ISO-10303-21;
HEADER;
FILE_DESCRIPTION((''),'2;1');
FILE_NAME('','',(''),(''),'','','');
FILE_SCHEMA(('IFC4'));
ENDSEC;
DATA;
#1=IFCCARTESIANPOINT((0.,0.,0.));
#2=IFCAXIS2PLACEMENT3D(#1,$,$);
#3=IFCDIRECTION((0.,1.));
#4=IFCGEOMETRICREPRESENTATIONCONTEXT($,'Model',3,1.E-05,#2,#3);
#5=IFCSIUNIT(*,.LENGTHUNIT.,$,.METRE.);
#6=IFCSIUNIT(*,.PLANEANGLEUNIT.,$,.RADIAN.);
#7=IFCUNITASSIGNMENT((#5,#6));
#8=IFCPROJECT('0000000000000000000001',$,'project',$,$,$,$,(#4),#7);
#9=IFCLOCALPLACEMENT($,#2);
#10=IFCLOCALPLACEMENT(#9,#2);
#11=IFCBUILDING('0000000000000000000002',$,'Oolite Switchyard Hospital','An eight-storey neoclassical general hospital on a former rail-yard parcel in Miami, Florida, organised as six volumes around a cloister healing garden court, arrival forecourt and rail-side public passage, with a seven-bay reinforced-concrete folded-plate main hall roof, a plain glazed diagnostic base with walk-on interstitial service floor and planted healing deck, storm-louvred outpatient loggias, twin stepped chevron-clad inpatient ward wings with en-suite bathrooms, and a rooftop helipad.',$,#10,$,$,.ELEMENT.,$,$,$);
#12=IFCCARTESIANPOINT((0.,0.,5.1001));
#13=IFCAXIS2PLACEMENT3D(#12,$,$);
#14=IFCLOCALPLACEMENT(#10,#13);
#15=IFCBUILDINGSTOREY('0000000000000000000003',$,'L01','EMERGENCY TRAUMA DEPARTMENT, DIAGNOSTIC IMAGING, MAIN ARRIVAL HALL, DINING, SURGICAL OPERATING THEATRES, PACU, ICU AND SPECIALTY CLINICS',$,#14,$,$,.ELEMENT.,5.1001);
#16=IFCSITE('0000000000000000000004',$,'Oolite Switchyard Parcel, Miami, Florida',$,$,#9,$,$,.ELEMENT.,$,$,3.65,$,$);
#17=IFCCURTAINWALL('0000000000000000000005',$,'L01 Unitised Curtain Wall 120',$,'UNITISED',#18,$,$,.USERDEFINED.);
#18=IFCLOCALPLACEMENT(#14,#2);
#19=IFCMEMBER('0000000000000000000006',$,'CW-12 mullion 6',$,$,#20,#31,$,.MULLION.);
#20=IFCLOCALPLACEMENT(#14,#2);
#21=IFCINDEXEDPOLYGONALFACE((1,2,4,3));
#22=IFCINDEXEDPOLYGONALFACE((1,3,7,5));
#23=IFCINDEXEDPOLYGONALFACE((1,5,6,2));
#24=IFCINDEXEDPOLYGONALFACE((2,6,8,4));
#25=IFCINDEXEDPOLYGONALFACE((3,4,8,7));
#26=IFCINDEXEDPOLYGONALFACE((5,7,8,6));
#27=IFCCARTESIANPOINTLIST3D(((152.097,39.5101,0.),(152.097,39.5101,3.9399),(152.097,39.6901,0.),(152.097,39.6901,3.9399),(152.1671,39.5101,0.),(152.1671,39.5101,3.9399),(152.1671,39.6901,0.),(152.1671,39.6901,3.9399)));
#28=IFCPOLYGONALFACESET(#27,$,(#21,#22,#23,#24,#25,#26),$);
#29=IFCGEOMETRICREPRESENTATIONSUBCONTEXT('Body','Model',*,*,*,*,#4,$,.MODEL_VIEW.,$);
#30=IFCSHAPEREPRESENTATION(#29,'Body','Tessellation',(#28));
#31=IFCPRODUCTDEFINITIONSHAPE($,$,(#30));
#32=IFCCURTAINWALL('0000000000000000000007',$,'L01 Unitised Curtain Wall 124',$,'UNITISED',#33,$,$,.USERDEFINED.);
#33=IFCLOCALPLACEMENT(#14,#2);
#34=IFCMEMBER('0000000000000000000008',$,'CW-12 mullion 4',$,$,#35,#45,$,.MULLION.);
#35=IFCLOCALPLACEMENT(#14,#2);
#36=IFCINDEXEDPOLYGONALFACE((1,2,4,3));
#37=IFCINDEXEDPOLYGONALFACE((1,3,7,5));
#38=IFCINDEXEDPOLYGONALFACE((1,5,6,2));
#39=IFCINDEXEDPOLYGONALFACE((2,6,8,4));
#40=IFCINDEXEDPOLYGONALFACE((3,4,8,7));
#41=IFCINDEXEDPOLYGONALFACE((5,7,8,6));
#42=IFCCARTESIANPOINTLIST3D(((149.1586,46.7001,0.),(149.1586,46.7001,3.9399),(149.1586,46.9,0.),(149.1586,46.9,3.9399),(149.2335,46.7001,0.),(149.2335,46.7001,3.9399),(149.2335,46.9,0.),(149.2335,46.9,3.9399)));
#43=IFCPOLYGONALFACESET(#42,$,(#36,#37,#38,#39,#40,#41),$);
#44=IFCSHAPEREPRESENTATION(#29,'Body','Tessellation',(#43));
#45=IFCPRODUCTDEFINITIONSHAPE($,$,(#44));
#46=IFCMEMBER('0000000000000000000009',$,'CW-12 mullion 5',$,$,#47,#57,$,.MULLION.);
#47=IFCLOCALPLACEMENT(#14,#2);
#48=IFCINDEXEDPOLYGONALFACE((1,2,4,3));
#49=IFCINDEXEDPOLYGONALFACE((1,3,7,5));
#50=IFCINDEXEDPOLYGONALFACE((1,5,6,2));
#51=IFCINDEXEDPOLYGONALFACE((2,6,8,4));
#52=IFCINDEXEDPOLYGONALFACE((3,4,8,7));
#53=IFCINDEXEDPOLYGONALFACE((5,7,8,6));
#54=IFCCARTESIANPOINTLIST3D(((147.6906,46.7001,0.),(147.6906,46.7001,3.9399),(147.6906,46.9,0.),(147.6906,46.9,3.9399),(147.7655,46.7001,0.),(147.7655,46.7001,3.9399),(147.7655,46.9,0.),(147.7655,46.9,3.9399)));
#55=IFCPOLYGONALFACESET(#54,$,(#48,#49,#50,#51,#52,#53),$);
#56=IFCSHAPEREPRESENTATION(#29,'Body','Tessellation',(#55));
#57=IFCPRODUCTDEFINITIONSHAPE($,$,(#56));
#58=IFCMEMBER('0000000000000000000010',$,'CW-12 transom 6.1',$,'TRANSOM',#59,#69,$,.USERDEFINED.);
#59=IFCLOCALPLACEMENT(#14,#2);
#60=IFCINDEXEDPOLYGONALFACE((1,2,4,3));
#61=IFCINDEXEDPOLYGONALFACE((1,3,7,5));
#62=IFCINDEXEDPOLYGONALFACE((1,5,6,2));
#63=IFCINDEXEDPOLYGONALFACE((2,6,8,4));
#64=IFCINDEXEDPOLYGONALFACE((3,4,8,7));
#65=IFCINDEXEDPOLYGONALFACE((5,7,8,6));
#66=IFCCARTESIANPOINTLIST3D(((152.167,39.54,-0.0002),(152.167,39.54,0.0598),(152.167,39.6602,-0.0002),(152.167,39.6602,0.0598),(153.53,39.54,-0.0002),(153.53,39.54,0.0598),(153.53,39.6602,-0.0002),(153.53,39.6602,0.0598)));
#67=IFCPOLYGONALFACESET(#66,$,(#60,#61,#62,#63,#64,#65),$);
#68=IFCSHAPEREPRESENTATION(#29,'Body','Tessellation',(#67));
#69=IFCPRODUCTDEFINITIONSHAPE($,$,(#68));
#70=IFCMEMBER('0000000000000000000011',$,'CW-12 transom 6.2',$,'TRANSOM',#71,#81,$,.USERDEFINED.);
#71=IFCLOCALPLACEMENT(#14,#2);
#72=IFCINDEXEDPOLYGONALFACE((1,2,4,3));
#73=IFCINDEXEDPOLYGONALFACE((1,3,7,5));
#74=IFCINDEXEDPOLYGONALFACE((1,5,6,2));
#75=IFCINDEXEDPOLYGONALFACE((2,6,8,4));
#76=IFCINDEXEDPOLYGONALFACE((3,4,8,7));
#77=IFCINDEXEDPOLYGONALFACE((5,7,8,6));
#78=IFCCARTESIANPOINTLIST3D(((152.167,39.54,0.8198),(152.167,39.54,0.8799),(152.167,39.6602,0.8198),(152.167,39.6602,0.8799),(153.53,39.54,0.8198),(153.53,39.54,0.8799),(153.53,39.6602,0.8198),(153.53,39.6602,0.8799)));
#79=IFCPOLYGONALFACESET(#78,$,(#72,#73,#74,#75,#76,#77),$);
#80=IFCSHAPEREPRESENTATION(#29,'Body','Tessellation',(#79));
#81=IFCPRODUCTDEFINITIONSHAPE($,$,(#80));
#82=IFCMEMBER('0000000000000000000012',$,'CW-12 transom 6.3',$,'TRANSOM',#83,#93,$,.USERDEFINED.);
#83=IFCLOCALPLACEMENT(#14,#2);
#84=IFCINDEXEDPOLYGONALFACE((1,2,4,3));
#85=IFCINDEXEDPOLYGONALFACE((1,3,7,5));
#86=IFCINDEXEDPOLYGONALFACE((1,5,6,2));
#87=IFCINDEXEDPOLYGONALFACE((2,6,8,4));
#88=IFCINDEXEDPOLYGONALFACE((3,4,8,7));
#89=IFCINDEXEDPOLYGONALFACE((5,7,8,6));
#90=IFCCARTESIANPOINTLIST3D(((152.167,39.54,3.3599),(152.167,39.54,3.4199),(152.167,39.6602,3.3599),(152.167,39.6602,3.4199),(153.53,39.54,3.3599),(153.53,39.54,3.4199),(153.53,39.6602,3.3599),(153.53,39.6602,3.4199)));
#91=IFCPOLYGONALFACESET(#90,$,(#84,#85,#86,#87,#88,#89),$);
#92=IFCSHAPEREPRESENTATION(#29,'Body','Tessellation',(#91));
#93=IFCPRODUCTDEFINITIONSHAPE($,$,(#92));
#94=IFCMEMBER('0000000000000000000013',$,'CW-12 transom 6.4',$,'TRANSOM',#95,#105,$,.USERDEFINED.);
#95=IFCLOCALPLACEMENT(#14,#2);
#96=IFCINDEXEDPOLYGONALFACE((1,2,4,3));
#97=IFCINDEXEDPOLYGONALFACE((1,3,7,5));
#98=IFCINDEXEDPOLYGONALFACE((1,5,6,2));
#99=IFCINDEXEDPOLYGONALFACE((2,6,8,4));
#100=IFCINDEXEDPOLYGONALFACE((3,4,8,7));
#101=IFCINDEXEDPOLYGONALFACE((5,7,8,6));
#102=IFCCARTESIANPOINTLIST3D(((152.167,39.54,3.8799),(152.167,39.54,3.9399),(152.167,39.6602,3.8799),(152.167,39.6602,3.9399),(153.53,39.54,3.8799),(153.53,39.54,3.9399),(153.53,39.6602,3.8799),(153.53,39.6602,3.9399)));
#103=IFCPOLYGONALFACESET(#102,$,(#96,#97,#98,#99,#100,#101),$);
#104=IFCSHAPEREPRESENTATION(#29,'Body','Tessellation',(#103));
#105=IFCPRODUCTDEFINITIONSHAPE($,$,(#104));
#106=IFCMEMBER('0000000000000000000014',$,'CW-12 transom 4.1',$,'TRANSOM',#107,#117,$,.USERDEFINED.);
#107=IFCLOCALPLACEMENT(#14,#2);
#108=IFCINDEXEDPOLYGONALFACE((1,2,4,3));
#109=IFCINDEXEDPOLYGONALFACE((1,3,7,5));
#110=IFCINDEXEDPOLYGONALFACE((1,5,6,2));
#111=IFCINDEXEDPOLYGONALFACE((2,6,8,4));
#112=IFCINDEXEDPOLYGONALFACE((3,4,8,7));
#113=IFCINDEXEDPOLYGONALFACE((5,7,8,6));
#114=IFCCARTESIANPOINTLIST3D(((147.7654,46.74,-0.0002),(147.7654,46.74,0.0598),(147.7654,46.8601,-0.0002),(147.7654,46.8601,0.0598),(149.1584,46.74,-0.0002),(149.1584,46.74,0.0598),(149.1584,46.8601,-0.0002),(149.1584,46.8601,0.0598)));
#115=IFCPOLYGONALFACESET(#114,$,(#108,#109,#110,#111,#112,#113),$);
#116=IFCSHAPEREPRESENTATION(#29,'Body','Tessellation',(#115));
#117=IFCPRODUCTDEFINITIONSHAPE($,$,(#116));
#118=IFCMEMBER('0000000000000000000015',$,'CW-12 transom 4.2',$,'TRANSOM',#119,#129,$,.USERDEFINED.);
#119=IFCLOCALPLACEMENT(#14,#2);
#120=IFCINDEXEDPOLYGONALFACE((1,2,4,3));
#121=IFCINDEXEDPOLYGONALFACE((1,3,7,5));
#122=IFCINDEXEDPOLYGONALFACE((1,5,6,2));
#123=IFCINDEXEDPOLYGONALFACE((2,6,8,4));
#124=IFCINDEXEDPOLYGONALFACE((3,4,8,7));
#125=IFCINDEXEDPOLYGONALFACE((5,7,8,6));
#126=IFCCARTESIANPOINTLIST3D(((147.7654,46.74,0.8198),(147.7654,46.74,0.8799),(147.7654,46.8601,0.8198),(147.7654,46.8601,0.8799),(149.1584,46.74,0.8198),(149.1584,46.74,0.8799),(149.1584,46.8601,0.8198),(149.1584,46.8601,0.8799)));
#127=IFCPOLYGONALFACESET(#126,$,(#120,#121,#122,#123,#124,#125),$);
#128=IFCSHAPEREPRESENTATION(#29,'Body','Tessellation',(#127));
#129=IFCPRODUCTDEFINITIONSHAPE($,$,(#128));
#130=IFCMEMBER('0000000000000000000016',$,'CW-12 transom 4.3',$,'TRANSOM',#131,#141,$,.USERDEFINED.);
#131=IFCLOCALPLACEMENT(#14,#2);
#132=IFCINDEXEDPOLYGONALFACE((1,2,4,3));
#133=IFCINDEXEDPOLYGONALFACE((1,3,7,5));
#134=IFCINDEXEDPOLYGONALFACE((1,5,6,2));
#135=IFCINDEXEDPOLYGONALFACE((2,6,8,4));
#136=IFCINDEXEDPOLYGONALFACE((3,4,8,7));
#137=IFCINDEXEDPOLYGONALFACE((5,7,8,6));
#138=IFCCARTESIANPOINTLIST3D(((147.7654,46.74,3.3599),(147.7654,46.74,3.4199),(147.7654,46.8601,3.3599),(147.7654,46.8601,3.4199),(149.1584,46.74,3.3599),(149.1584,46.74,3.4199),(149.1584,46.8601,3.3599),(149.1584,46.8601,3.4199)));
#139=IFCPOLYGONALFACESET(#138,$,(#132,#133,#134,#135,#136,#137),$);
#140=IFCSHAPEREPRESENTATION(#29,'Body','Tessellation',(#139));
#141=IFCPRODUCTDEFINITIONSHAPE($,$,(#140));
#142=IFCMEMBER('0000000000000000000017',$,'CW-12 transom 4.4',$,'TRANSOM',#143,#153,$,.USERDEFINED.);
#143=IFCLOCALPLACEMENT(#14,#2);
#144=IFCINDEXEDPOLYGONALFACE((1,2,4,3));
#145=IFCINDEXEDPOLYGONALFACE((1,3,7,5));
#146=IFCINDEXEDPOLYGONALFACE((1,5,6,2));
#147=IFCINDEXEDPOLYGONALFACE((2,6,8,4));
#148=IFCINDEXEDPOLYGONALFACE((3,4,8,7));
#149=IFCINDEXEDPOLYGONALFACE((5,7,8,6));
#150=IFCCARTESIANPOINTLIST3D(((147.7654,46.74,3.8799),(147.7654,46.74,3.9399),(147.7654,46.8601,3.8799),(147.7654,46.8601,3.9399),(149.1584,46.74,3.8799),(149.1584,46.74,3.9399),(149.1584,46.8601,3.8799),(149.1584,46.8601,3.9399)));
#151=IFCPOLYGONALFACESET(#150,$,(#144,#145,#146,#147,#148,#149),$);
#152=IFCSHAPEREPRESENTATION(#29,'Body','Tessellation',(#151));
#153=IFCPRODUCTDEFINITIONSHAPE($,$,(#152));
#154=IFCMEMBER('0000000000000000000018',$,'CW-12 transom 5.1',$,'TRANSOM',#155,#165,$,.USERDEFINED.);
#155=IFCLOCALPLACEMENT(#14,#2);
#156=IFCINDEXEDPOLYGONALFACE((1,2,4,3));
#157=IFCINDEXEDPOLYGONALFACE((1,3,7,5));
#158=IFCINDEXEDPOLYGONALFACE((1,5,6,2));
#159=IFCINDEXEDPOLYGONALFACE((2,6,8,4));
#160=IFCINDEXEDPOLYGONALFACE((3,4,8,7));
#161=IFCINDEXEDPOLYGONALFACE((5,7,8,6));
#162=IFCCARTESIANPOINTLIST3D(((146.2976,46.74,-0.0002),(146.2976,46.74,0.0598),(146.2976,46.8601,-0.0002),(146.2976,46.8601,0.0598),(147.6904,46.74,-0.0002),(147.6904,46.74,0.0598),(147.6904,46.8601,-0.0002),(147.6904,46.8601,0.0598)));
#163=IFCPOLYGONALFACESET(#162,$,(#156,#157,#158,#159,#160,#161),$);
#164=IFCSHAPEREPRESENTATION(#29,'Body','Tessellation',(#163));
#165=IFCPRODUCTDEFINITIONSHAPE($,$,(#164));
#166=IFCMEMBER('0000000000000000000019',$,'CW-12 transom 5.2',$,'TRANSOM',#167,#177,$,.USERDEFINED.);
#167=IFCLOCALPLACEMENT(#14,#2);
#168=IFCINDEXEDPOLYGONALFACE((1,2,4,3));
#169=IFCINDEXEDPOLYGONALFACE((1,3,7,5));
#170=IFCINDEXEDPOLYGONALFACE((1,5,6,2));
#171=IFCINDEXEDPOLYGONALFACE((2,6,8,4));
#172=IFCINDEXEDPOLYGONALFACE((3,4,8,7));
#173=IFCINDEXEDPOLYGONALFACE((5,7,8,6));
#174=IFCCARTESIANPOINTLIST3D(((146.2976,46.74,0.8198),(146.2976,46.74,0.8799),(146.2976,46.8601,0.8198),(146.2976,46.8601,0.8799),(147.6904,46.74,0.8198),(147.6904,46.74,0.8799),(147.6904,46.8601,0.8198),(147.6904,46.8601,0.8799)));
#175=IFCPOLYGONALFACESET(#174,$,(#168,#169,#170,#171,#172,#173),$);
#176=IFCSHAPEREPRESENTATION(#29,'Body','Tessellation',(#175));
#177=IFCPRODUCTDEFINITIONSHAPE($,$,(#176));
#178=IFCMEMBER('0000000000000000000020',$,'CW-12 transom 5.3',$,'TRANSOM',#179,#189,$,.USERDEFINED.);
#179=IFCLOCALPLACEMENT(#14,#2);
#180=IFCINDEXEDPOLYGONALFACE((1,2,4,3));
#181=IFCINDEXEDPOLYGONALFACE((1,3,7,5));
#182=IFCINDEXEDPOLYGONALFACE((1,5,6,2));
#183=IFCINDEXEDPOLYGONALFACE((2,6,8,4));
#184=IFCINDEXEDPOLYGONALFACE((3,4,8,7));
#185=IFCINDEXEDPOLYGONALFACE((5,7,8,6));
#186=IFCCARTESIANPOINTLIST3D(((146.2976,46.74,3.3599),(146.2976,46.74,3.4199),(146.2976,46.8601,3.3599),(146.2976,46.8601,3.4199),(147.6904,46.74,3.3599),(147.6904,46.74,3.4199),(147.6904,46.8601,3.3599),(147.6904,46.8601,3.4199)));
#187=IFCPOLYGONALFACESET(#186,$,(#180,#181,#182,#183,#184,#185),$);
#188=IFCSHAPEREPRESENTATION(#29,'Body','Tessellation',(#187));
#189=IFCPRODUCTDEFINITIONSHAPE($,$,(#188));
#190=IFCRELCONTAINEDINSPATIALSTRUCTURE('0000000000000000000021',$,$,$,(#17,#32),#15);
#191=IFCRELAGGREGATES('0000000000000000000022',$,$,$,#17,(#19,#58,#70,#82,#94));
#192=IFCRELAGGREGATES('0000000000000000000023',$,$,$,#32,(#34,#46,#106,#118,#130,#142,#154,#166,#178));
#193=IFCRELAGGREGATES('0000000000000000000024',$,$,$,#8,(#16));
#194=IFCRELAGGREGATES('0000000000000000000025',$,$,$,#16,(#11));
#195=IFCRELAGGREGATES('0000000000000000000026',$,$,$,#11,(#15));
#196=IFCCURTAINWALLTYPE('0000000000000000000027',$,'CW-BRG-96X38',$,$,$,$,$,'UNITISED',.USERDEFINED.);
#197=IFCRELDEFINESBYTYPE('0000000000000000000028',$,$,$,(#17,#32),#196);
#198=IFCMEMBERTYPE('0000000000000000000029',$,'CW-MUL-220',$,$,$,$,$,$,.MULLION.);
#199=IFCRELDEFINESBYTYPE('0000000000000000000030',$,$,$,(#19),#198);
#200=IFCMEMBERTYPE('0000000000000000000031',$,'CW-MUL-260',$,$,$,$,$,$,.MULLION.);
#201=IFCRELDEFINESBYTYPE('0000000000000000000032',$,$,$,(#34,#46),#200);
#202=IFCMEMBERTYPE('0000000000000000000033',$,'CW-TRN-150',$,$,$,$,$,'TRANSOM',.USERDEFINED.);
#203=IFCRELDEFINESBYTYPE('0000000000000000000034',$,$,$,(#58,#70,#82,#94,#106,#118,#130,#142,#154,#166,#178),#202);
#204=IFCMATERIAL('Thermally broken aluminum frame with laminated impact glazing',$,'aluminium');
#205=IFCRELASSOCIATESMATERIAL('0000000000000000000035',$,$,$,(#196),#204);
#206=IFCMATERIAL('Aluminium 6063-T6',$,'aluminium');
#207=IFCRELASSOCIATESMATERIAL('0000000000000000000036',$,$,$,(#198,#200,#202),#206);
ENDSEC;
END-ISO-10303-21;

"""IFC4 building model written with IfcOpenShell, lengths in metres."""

from ifc_helpers import new_model, si_unit, direction, frame, origin, origin_2d, place, context, subcontext, project, spatial, rectangle, extrude, material, material_profile, profile_set, type_object, element, aggregate, save


model = new_model("IFC4")

# Units and contexts
model_context = context("Model", 3, precision=1e-05, world=origin(), true_north=direction((0.0, 1.0)))
body_context = subcontext(model_context, "Body", "Model", "MODEL_VIEW")
ifc_project = project(units=[si_unit("LENGTHUNIT", "METRE"), si_unit("PLANEANGLEUNIT", "RADIAN")], contexts=[model_context])

# Site, building, storey
site_placement = place(None, origin())
site = spatial("IfcSite", under=ifc_project, at=site_placement, Name="Oolite Switchyard Parcel, Miami, Florida", CompositionType="ELEMENT", RefElevation=3.65)
building_placement = place(site_placement, origin())
building = spatial("IfcBuilding", under=site, at=building_placement, Name="Oolite Switchyard Hospital", Description="An eight-storey neoclassical general hospital on a former rail-yard parcel in Miami, Florida, organised as six volumes around a cloister healing garden court, arrival forecourt and rail-side public passage, with a seven-bay reinforced-concrete folded-plate main hall roof, a plain glazed diagnostic base with walk-on interstitial service floor and planted healing deck, storm-louvred outpatient loggias, twin stepped chevron-clad inpatient ward wings with en-suite bathrooms, and a rooftop helipad.", CompositionType="ELEMENT")
storey_placement = place(building_placement, frame((0.0, 0.0, 5.1001)))
storey = spatial("IfcBuildingStorey", under=building, at=storey_placement, Name="L01", Description="EMERGENCY TRAUMA DEPARTMENT, DIAGNOSTIC IMAGING, MAIN ARRIVAL HALL, DINING, SURGICAL OPERATING THEATRES, PACU, ICU AND SPECIALTY CLINICS", CompositionType="ELEMENT", Elevation=5.1001)

# Curtain wall, member
ifc_material_1 = material(Name="Thermally broken aluminum frame with laminated impact glazing", Category="aluminium")
curtain_wall_type = type_object("IfcCurtainWallType", Name="CW-BRG-96X38", ElementType="UNITISED", PredefinedType="USERDEFINED", material=ifc_material_1)
curtain_wall_1_placement = place(storey_placement, origin())
curtain_wall_1 = element("IfcCurtainWall", 1, at=curtain_wall_1_placement, inside=storey, type_object=curtain_wall_type, Name="L01 Unitised Curtain Wall 120", ObjectType="UNITISED", PredefinedType="USERDEFINED")
ifc_material_2 = material(Name="Aluminium 6063-T6", Category="aluminium")
ifc_material_profile_1 = material_profile(ifc_material_2, rectangle(XDim=0.1799, YDim=0.0701, at=origin_2d()), Name="CWM70X180")
ifc_profile_set_1 = profile_set([ifc_material_profile_1], Name="Aluminium 6063-T6")
member_type_1 = type_object("IfcMemberType", Name="CW-MUL-220", PredefinedType="MULLION", material=ifc_profile_set_1)
member_1_placement = place(storey_placement, frame((152.1321, 39.6001, 0.0), z_axis=(0.0, 0.0, 1.0), x_axis=(0.0, 1.0, 0.0)))
member_1 = element("IfcMember", 2, at=member_1_placement, type_object=member_type_1, Name="CW-12 mullion 6", PredefinedType="MULLION", context=body_context, shape_type="SweptSolid", body=[
    extrude(rectangle(XDim=0.1799, YDim=0.0701, at=origin_2d()), origin(), (0.0, 0.0, 1.0), 3.9399),
])

# Curtain wall, members
curtain_wall_2_placement = place(storey_placement, origin())
curtain_wall_2 = element("IfcCurtainWall", 3, at=curtain_wall_2_placement, inside=storey, type_object=curtain_wall_type, Name="L01 Unitised Curtain Wall 124", ObjectType="UNITISED", PredefinedType="USERDEFINED")
ifc_material_profile_2 = material_profile(ifc_material_2, rectangle(XDim=0.2, YDim=0.075, at=origin_2d()), Name="CWM75X200")
ifc_profile_set_2 = profile_set([ifc_material_profile_2], Name="Aluminium 6063-T6")
member_type_2 = type_object("IfcMemberType", Name="CW-MUL-260", PredefinedType="MULLION", material=ifc_profile_set_2)
member_2_placement = place(storey_placement, frame((149.196, 46.8, 0.0), z_axis=(0.0, 0.0, 1.0), x_axis=(0.0, -1.0, 0.0)))
member_2 = element("IfcMember", 4, at=member_2_placement, type_object=member_type_2, Name="CW-12 mullion 4", PredefinedType="MULLION", context=body_context, shape_type="SweptSolid", body=[
    extrude(rectangle(XDim=0.2, YDim=0.075, at=origin_2d()), origin(), (0.0, 0.0, 1.0), 3.9399),
])
member_3_placement = place(storey_placement, frame((147.728, 46.8, 0.0), z_axis=(0.0, 0.0, 1.0), x_axis=(0.0, -1.0, 0.0)))
member_3 = element("IfcMember", 5, at=member_3_placement, type_object=member_type_2, Name="CW-12 mullion 5", PredefinedType="MULLION", context=body_context, shape_type="SweptSolid", body=[
    extrude(rectangle(XDim=0.2, YDim=0.075, at=origin_2d()), origin(), (0.0, 0.0, 1.0), 3.9399),
])

# Members
ifc_material_profile_3 = material_profile(ifc_material_2, rectangle(XDim=0.1201, YDim=0.0601, at=origin_2d()), Name="CWT60X120")
ifc_profile_set_3 = profile_set([ifc_material_profile_3], Name="Aluminium 6063-T6")
member_type_3 = type_object("IfcMemberType", Name="CW-TRN-150", ElementType="TRANSOM", PredefinedType="USERDEFINED", material=ifc_profile_set_3)
member_4_placement = place(storey_placement, frame((152.167, 39.6001, 0.0298), z_axis=(1.0, 0.0, 0.0), x_axis=(0.0, 1.0, 0.0)))
member_4 = element("IfcMember", 6, at=member_4_placement, type_object=member_type_3, Name="CW-12 transom 6.1", ObjectType="TRANSOM", PredefinedType="USERDEFINED", context=body_context, shape_type="SweptSolid", body=[
    extrude(rectangle(XDim=0.1201, YDim=0.0601, at=origin_2d()), origin(), (0.0, 0.0, 1.0), 1.363),
])
member_5_placement = place(storey_placement, frame((152.167, 39.6001, 0.8499), z_axis=(1.0, 0.0, 0.0), x_axis=(0.0, 1.0, 0.0)))
member_5 = element("IfcMember", 7, at=member_5_placement, type_object=member_type_3, Name="CW-12 transom 6.2", ObjectType="TRANSOM", PredefinedType="USERDEFINED", context=body_context, shape_type="SweptSolid", body=[
    extrude(rectangle(XDim=0.1201, YDim=0.0601, at=origin_2d()), origin(), (0.0, 0.0, 1.0), 1.363),
])
member_6_placement = place(storey_placement, frame((152.167, 39.6001, 3.3899), z_axis=(1.0, 0.0, 0.0), x_axis=(0.0, 1.0, 0.0)))
member_6 = element("IfcMember", 8, at=member_6_placement, type_object=member_type_3, Name="CW-12 transom 6.3", ObjectType="TRANSOM", PredefinedType="USERDEFINED", context=body_context, shape_type="SweptSolid", body=[
    extrude(rectangle(XDim=0.1201, YDim=0.0601, at=origin_2d()), origin(), (0.0, 0.0, 1.0), 1.363),
])
member_7_placement = place(storey_placement, frame((152.167, 39.6001, 3.9099), z_axis=(1.0, 0.0, 0.0), x_axis=(0.0, 1.0, 0.0)))
member_7 = element("IfcMember", 9, at=member_7_placement, type_object=member_type_3, Name="CW-12 transom 6.4", ObjectType="TRANSOM", PredefinedType="USERDEFINED", context=body_context, shape_type="SweptSolid", body=[
    extrude(rectangle(XDim=0.1201, YDim=0.0601, at=origin_2d()), origin(), (0.0, 0.0, 1.0), 1.363),
])
member_8_placement = place(storey_placement, frame((149.1584, 46.8, 0.0298), z_axis=(-1.0, 0.0, 0.0), x_axis=(0.0, -1.0, 0.0)))
member_8 = element("IfcMember", 10, at=member_8_placement, type_object=member_type_3, Name="CW-12 transom 4.1", ObjectType="TRANSOM", PredefinedType="USERDEFINED", context=body_context, shape_type="SweptSolid", body=[
    extrude(rectangle(XDim=0.1201, YDim=0.0601, at=origin_2d()), origin(), (0.0, 0.0, 1.0), 1.3931),
])
member_9_placement = place(storey_placement, frame((149.1584, 46.8, 0.8499), z_axis=(-1.0, 0.0, 0.0), x_axis=(0.0, -1.0, 0.0)))
member_9 = element("IfcMember", 11, at=member_9_placement, type_object=member_type_3, Name="CW-12 transom 4.2", ObjectType="TRANSOM", PredefinedType="USERDEFINED", context=body_context, shape_type="SweptSolid", body=[
    extrude(rectangle(XDim=0.1201, YDim=0.0601, at=origin_2d()), origin(), (0.0, 0.0, 1.0), 1.3931),
])
member_10_placement = place(storey_placement, frame((149.1584, 46.8, 3.3899), z_axis=(-1.0, 0.0, 0.0), x_axis=(0.0, -1.0, 0.0)))
member_10 = element("IfcMember", 12, at=member_10_placement, type_object=member_type_3, Name="CW-12 transom 4.3", ObjectType="TRANSOM", PredefinedType="USERDEFINED", context=body_context, shape_type="SweptSolid", body=[
    extrude(rectangle(XDim=0.1201, YDim=0.0601, at=origin_2d()), origin(), (0.0, 0.0, 1.0), 1.3931),
])
member_11_placement = place(storey_placement, frame((149.1584, 46.8, 3.9099), z_axis=(-1.0, 0.0, 0.0), x_axis=(0.0, -1.0, 0.0)))
member_11 = element("IfcMember", 13, at=member_11_placement, type_object=member_type_3, Name="CW-12 transom 4.4", ObjectType="TRANSOM", PredefinedType="USERDEFINED", context=body_context, shape_type="SweptSolid", body=[
    extrude(rectangle(XDim=0.1201, YDim=0.0601, at=origin_2d()), origin(), (0.0, 0.0, 1.0), 1.3931),
])
member_12_placement = place(storey_placement, frame((147.6904, 46.8, 0.0298), z_axis=(-1.0, 0.0, 0.0), x_axis=(0.0, -1.0, 0.0)))
member_12 = element("IfcMember", 14, at=member_12_placement, type_object=member_type_3, Name="CW-12 transom 5.1", ObjectType="TRANSOM", PredefinedType="USERDEFINED", context=body_context, shape_type="SweptSolid", body=[
    extrude(rectangle(XDim=0.1201, YDim=0.0601, at=origin_2d()), origin(), (0.0, 0.0, 1.0), 1.3928),
])
member_13_placement = place(storey_placement, frame((147.6904, 46.8, 0.8499), z_axis=(-1.0, 0.0, 0.0), x_axis=(0.0, -1.0, 0.0)))
member_13 = element("IfcMember", 15, at=member_13_placement, type_object=member_type_3, Name="CW-12 transom 5.2", ObjectType="TRANSOM", PredefinedType="USERDEFINED", context=body_context, shape_type="SweptSolid", body=[
    extrude(rectangle(XDim=0.1201, YDim=0.0601, at=origin_2d()), origin(), (0.0, 0.0, 1.0), 1.3928),
])
member_14_placement = place(storey_placement, frame((147.6904, 46.8, 3.3899), z_axis=(-1.0, 0.0, 0.0), x_axis=(0.0, -1.0, 0.0)))
member_14 = element("IfcMember", 16, at=member_14_placement, type_object=member_type_3, Name="CW-12 transom 5.3", ObjectType="TRANSOM", PredefinedType="USERDEFINED", context=body_context, shape_type="SweptSolid", body=[
    extrude(rectangle(XDim=0.1201, YDim=0.0601, at=origin_2d()), origin(), (0.0, 0.0, 1.0), 1.3928),
])

aggregate(curtain_wall_1, [member_1, member_4, member_5, member_6, member_7])
aggregate(curtain_wall_2, [member_2, member_3, member_8, member_9, member_10, member_11, member_12, member_13, member_14])

save(model, "model.ifc")
